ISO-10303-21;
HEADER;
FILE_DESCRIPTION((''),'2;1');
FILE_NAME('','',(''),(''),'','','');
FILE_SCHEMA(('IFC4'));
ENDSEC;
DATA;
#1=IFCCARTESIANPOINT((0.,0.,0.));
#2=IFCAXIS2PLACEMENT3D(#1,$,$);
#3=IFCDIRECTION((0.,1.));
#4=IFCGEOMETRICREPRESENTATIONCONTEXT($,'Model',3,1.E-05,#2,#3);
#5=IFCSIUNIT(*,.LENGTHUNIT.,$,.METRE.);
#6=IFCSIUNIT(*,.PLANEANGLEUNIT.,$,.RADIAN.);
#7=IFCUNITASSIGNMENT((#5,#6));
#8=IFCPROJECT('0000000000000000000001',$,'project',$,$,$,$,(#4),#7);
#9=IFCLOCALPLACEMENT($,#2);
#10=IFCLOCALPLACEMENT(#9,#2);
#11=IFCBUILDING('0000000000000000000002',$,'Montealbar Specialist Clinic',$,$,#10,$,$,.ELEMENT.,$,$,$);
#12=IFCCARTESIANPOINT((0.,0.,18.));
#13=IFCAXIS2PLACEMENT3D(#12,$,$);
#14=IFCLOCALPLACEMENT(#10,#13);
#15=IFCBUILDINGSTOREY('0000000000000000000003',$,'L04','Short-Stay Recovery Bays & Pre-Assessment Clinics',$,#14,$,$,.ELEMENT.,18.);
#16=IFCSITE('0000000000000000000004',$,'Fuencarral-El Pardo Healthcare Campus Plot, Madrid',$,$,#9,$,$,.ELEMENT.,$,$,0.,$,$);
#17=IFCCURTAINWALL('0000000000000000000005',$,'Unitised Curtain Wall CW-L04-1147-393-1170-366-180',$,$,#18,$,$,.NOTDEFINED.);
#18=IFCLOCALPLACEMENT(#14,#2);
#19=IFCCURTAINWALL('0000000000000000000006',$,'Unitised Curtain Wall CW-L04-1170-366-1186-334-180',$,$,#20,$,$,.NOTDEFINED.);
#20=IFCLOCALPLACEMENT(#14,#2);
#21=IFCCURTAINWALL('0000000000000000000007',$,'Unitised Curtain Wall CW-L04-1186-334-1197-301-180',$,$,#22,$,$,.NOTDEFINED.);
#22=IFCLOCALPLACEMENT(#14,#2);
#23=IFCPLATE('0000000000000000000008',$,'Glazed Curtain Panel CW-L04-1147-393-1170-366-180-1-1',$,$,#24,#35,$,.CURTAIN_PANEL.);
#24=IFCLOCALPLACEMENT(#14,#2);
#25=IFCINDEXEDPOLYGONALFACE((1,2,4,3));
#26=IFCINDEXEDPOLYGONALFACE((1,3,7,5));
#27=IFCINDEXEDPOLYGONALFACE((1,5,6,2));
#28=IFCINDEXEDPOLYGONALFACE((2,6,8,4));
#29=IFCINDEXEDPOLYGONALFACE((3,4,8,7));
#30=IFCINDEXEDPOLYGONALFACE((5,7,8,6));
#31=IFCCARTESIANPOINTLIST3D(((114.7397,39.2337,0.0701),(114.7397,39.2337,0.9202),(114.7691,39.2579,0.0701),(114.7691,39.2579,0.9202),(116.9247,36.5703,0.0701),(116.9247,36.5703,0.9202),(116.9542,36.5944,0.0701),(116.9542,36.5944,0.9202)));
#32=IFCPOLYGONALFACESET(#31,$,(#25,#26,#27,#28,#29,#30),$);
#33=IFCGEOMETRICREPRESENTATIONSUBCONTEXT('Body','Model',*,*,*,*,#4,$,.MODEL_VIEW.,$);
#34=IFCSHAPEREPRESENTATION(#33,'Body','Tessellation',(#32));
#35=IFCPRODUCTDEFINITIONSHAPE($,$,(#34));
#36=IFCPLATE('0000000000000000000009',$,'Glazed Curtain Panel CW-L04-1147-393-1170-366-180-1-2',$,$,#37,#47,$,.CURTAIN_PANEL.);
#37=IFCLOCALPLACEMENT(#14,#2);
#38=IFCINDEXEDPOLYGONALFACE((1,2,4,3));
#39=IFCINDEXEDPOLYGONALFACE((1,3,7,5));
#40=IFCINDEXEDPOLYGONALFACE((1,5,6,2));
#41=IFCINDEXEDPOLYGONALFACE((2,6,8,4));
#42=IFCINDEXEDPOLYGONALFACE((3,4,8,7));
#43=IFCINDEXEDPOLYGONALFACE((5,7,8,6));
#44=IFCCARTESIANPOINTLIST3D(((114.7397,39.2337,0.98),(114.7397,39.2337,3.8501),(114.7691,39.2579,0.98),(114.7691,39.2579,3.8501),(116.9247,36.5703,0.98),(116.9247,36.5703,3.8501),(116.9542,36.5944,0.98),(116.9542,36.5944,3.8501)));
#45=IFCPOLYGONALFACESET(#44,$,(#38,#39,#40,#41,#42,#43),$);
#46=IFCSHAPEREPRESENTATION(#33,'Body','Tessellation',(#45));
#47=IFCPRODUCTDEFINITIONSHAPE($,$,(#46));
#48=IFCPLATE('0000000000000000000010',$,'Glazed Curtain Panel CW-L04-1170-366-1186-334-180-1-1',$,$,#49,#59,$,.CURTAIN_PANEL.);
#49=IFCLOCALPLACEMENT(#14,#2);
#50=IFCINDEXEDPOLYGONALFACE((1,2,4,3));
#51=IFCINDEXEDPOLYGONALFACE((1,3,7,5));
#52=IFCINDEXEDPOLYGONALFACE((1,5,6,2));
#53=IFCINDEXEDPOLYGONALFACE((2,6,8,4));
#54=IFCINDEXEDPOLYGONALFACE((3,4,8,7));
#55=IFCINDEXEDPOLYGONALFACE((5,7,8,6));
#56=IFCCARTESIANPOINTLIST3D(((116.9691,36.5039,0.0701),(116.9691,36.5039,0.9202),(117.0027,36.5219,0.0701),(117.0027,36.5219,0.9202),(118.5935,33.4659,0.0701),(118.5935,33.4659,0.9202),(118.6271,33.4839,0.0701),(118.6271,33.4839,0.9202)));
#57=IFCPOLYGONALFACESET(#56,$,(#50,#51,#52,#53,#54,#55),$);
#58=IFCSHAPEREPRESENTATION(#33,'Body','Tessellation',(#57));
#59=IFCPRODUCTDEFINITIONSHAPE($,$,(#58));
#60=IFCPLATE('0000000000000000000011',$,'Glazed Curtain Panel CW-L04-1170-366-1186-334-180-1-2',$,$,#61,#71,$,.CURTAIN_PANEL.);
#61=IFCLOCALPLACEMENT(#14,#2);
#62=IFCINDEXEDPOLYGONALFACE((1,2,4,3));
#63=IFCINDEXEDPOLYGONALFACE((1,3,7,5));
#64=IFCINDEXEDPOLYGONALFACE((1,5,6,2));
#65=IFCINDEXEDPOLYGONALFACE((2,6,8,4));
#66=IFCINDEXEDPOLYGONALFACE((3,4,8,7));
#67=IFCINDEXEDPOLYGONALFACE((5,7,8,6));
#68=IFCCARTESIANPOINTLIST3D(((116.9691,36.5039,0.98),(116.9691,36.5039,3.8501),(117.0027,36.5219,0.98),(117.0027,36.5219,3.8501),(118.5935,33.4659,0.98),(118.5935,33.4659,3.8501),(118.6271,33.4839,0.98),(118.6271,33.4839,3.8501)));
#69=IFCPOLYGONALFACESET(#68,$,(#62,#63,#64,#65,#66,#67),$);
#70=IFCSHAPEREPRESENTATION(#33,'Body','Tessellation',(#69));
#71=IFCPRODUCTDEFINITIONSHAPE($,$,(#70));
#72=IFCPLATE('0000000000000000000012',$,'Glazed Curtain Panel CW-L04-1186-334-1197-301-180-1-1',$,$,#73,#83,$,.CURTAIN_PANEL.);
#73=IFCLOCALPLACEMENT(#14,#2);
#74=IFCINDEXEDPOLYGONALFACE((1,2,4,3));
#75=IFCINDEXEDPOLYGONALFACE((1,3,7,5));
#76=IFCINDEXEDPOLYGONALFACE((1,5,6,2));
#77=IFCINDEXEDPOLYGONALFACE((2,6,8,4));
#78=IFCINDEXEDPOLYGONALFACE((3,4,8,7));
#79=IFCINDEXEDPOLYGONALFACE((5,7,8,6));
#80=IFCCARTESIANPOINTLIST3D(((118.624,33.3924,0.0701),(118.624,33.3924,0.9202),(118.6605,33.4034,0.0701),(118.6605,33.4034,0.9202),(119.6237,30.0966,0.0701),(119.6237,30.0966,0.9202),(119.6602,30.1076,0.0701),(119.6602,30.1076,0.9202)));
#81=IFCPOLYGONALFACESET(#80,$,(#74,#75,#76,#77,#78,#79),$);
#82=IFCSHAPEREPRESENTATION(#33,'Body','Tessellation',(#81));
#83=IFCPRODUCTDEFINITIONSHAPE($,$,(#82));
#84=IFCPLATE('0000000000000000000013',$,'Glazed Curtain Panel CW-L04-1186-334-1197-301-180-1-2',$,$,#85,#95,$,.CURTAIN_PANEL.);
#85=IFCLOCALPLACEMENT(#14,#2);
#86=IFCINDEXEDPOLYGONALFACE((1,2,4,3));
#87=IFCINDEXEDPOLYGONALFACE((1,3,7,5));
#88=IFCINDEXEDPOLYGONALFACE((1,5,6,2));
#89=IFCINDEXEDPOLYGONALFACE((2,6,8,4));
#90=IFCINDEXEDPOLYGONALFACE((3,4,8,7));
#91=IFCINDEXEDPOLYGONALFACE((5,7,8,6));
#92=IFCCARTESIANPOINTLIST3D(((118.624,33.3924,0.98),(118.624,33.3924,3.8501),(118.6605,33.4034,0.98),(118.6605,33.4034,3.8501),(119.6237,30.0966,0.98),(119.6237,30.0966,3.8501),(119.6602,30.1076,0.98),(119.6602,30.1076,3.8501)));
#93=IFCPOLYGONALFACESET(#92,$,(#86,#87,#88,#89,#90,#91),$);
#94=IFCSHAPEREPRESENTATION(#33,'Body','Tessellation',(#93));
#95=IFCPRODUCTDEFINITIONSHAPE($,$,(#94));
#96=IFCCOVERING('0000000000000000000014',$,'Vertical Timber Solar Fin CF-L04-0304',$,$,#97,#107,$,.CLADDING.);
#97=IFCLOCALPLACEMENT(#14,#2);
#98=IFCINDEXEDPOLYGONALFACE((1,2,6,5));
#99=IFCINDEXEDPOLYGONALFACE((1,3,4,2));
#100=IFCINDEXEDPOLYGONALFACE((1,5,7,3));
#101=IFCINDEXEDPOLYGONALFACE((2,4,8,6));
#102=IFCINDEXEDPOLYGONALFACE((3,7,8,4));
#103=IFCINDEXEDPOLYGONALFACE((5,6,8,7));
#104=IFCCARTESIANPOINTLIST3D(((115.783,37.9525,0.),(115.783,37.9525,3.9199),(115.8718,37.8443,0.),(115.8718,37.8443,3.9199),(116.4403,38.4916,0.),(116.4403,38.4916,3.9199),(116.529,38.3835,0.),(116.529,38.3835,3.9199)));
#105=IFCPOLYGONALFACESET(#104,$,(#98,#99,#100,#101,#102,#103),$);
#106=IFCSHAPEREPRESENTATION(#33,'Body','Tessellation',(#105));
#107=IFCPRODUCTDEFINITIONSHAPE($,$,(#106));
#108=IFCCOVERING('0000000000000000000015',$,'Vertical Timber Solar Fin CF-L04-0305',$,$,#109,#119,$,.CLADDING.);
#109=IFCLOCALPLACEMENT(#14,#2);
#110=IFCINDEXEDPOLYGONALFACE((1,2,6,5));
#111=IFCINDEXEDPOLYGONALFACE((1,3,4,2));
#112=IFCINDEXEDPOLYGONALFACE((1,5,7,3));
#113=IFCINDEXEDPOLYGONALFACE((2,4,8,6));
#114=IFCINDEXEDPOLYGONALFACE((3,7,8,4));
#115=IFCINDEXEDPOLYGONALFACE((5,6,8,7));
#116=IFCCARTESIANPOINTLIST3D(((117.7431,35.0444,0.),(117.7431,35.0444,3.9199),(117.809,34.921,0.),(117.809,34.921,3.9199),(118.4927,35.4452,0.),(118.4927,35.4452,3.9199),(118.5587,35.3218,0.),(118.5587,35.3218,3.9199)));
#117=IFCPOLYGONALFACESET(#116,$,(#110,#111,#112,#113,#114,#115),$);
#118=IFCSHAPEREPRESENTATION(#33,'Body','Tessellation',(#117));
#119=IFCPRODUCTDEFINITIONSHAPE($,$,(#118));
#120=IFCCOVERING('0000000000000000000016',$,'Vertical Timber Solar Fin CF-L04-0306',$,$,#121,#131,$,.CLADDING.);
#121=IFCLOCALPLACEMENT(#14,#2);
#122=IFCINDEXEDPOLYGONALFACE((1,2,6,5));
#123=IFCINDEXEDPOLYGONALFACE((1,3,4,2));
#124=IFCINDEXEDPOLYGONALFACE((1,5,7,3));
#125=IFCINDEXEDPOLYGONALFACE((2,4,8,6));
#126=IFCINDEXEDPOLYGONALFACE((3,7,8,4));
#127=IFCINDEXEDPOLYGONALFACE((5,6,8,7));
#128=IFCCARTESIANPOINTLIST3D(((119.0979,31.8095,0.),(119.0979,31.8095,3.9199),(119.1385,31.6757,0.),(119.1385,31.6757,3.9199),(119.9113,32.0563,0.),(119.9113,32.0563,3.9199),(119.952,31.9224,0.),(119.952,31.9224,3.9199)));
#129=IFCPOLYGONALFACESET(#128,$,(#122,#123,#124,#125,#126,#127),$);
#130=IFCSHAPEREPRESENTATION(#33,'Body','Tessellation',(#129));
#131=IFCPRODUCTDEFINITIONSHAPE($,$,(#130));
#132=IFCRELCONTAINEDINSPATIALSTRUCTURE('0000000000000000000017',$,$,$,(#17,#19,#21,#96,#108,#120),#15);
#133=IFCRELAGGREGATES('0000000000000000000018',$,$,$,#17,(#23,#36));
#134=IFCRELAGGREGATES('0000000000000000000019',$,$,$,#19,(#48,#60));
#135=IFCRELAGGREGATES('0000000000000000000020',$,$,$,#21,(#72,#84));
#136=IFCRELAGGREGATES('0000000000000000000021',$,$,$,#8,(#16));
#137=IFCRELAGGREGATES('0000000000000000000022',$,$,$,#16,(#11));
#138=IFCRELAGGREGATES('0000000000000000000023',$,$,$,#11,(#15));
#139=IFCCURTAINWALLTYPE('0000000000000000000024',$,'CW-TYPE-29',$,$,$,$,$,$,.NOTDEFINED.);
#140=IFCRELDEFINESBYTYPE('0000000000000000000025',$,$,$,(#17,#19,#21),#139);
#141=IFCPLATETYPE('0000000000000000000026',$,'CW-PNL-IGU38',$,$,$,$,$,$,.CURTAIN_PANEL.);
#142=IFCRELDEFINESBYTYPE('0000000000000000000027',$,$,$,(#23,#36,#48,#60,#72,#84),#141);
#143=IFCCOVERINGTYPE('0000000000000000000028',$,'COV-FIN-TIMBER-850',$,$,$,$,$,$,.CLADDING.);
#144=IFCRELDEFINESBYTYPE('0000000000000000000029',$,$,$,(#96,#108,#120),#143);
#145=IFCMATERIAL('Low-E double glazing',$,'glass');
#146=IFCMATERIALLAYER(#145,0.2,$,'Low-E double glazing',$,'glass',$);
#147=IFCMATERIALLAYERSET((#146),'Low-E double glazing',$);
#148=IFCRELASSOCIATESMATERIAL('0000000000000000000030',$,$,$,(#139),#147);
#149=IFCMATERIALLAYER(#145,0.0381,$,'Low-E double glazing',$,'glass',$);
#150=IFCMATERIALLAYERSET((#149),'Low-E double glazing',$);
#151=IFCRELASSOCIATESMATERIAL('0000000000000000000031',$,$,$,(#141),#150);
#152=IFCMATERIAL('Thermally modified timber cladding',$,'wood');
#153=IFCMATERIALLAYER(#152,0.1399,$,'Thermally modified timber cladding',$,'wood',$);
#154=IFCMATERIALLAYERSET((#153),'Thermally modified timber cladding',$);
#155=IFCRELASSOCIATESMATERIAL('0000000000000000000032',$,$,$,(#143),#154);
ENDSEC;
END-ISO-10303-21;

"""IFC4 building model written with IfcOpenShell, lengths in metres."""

from ifc_helpers import new_model, si_unit, direction, frame, origin, origin_2d, place, context, subcontext, project, spatial, rectangle, extrude, material, layer, layer_set, type_object, element, aggregate, save


model = new_model("IFC4")

# Units and contexts
model_context = context("Model", 3, precision=1e-05, world=origin(), true_north=direction((0.0, 1.0)))
body_context = subcontext(model_context, "Body", "Model", "MODEL_VIEW")
ifc_project = project(units=[si_unit("LENGTHUNIT", "METRE"), si_unit("PLANEANGLEUNIT", "RADIAN")], contexts=[model_context])

# Site, building, storey
site_placement = place(None, origin())
site = spatial("IfcSite", under=ifc_project, at=site_placement, Name="Fuencarral-El Pardo Healthcare Campus Plot, Madrid", CompositionType="ELEMENT", RefElevation=0.0)
building_placement = place(site_placement, origin())
building = spatial("IfcBuilding", under=site, at=building_placement, Name="Montealbar Specialist Clinic", CompositionType="ELEMENT")
storey_placement = place(building_placement, frame((0.0, 0.0, 18.0)))
storey = spatial("IfcBuildingStorey", under=building, at=storey_placement, Name="L04", Description="Short-Stay Recovery Bays & Pre-Assessment Clinics", CompositionType="ELEMENT", Elevation=18.0)

# Curtain wall
ifc_material_1 = material(Name="Low-E double glazing", Category="glass")
ifc_layer_1 = layer(ifc_material_1, 0.2, Name="Low-E double glazing", Category="glass")
ifc_layer_set_1 = layer_set([ifc_layer_1], Name="Low-E double glazing")
curtain_wall_type = type_object("IfcCurtainWallType", Name="CW-TYPE-29", PredefinedType="NOTDEFINED", material=ifc_layer_set_1)
curtain_wall_1_placement = place(storey_placement, origin())
curtain_wall_1 = element("IfcCurtainWall", 1, at=curtain_wall_1_placement, inside=storey, type_object=curtain_wall_type, Name="Unitised Curtain Wall CW-L04-1147-393-1170-366-180", PredefinedType="NOTDEFINED")

# Curtain wall
curtain_wall_2_placement = place(storey_placement, origin())
curtain_wall_2 = element("IfcCurtainWall", 2, at=curtain_wall_2_placement, inside=storey, type_object=curtain_wall_type, Name="Unitised Curtain Wall CW-L04-1170-366-1186-334-180", PredefinedType="NOTDEFINED")

# Curtain wall
curtain_wall_3_placement = place(storey_placement, origin())
curtain_wall_3 = element("IfcCurtainWall", 3, at=curtain_wall_3_placement, inside=storey, type_object=curtain_wall_type, Name="Unitised Curtain Wall CW-L04-1186-334-1197-301-180", PredefinedType="NOTDEFINED")

# Plates
ifc_layer_2 = layer(ifc_material_1, 0.0381, Name="Low-E double glazing", Category="glass")
ifc_layer_set_2 = layer_set([ifc_layer_2], Name="Low-E double glazing")
plate_type = type_object("IfcPlateType", Name="CW-PNL-IGU38", PredefinedType="CURTAIN_PANEL", material=ifc_layer_set_2)
plate_1_placement = place(storey_placement, frame((115.8469, 37.9141, 0.0701), z_axis=(0.0, 0.0, 1.0), x_axis=(0.634256, -0.773123, 0.0)))
plate_1 = element("IfcPlate", 4, at=plate_1_placement, type_object=plate_type, Name="Glazed Curtain Panel CW-L04-1147-393-1170-366-180-1-1", PredefinedType="CURTAIN_PANEL", context=body_context, shape_type="SweptSolid", body=[
    extrude(rectangle(XDim=3.4451, YDim=0.0381, at=origin_2d()), origin(), (0.0, 0.0, 1.0), 0.8501),
])
plate_2_placement = place(storey_placement, frame((115.8469, 37.9141, 0.98), z_axis=(0.0, 0.0, 1.0), x_axis=(0.634256, -0.773123, 0.0)))
plate_2 = element("IfcPlate", 5, at=plate_2_placement, type_object=plate_type, Name="Glazed Curtain Panel CW-L04-1147-393-1170-366-180-1-2", PredefinedType="CURTAIN_PANEL", context=body_context, shape_type="SweptSolid", body=[
    extrude(rectangle(XDim=3.4451, YDim=0.0381, at=origin_2d()), origin(), (0.0, 0.0, 1.0), 2.8701),
])
aggregate(curtain_wall_1, [plate_1, plate_2])
plate_3_placement = place(storey_placement, frame((117.7981, 34.9939, 0.0701), z_axis=(0.0, 0.0, 1.0), x_axis=(0.471529, -0.88185, 0.0)))
plate_3 = element("IfcPlate", 6, at=plate_3_placement, type_object=plate_type, Name="Glazed Curtain Panel CW-L04-1170-366-1186-334-180-1-1", PredefinedType="CURTAIN_PANEL", context=body_context, shape_type="SweptSolid", body=[
    extrude(rectangle(XDim=3.4451, YDim=0.0381, at=origin_2d()), origin(), (0.0, 0.0, 1.0), 0.8501),
])
plate_4_placement = place(storey_placement, frame((117.7981, 34.9939, 0.98), z_axis=(0.0, 0.0, 1.0), x_axis=(0.471529, -0.88185, 0.0)))
plate_4 = element("IfcPlate", 7, at=plate_4_placement, type_object=plate_type, Name="Glazed Curtain Panel CW-L04-1170-366-1186-334-180-1-2", PredefinedType="CURTAIN_PANEL", context=body_context, shape_type="SweptSolid", body=[
    extrude(rectangle(XDim=3.4451, YDim=0.0381, at=origin_2d()), origin(), (0.0, 0.0, 1.0), 2.8701),
])
aggregate(curtain_wall_2, [plate_3, plate_4])
plate_5_placement = place(storey_placement, frame((119.1421, 31.75, 0.0701), z_axis=(0.0, 0.0, 1.0), x_axis=(0.290259, -0.956948, 0.0)))
plate_5 = element("IfcPlate", 8, at=plate_5_placement, type_object=plate_type, Name="Glazed Curtain Panel CW-L04-1186-334-1197-301-180-1-1", PredefinedType="CURTAIN_PANEL", context=body_context, shape_type="SweptSolid", body=[
    extrude(rectangle(XDim=3.4441, YDim=0.0381, at=origin_2d()), origin(), (0.0, 0.0, 1.0), 0.8501),
])
plate_6_placement = place(storey_placement, frame((119.1421, 31.75, 0.98), z_axis=(0.0, 0.0, 1.0), x_axis=(0.290259, -0.956948, 0.0)))
plate_6 = element("IfcPlate", 9, at=plate_6_placement, type_object=plate_type, Name="Glazed Curtain Panel CW-L04-1186-334-1197-301-180-1-2", PredefinedType="CURTAIN_PANEL", context=body_context, shape_type="SweptSolid", body=[
    extrude(rectangle(XDim=3.4441, YDim=0.0381, at=origin_2d()), origin(), (0.0, 0.0, 1.0), 2.8701),
])
aggregate(curtain_wall_3, [plate_5, plate_6])

# Coverings
ifc_material_2 = material(Name="Thermally modified timber cladding", Category="wood")
ifc_layer_3 = layer(ifc_material_2, 0.1399, Name="Thermally modified timber cladding", Category="wood")
ifc_layer_set_3 = layer_set([ifc_layer_3], Name="Thermally modified timber cladding")
covering_type = type_object("IfcCoveringType", Name="COV-FIN-TIMBER-850", PredefinedType="CLADDING", material=ifc_layer_set_3)
for number, where, z_axis, x_axis, name in (
    (10, (116.156, 38.168, 0.0), (0.0, 0.0, 1.0), (0.773123, 0.634256, 0.0), "Vertical Timber Solar Fin CF-L04-0304"),
    (11, (118.1509, 35.1831, 0.0), (0.0, 0.0, 1.0), (0.88185, 0.471529, 0.0), "Vertical Timber Solar Fin CF-L04-0305"),
    (12, (119.5249, 31.866, 0.0), (0.0, 0.0, 1.0), (0.956948, 0.290259, 0.0), "Vertical Timber Solar Fin CF-L04-0306"),
):
    element("IfcCovering", number, at=place(storey_placement, frame(where, z_axis=z_axis, x_axis=x_axis)), inside=storey, type_object=covering_type, Name=name, PredefinedType="CLADDING", context=body_context, shape_type="SweptSolid", body=[
        extrude(rectangle(XDim=0.8501, YDim=0.1399, at=origin_2d()), origin(), (0.0, 0.0, 1.0), 3.9199),
    ])

save(model, "model.ifc")
